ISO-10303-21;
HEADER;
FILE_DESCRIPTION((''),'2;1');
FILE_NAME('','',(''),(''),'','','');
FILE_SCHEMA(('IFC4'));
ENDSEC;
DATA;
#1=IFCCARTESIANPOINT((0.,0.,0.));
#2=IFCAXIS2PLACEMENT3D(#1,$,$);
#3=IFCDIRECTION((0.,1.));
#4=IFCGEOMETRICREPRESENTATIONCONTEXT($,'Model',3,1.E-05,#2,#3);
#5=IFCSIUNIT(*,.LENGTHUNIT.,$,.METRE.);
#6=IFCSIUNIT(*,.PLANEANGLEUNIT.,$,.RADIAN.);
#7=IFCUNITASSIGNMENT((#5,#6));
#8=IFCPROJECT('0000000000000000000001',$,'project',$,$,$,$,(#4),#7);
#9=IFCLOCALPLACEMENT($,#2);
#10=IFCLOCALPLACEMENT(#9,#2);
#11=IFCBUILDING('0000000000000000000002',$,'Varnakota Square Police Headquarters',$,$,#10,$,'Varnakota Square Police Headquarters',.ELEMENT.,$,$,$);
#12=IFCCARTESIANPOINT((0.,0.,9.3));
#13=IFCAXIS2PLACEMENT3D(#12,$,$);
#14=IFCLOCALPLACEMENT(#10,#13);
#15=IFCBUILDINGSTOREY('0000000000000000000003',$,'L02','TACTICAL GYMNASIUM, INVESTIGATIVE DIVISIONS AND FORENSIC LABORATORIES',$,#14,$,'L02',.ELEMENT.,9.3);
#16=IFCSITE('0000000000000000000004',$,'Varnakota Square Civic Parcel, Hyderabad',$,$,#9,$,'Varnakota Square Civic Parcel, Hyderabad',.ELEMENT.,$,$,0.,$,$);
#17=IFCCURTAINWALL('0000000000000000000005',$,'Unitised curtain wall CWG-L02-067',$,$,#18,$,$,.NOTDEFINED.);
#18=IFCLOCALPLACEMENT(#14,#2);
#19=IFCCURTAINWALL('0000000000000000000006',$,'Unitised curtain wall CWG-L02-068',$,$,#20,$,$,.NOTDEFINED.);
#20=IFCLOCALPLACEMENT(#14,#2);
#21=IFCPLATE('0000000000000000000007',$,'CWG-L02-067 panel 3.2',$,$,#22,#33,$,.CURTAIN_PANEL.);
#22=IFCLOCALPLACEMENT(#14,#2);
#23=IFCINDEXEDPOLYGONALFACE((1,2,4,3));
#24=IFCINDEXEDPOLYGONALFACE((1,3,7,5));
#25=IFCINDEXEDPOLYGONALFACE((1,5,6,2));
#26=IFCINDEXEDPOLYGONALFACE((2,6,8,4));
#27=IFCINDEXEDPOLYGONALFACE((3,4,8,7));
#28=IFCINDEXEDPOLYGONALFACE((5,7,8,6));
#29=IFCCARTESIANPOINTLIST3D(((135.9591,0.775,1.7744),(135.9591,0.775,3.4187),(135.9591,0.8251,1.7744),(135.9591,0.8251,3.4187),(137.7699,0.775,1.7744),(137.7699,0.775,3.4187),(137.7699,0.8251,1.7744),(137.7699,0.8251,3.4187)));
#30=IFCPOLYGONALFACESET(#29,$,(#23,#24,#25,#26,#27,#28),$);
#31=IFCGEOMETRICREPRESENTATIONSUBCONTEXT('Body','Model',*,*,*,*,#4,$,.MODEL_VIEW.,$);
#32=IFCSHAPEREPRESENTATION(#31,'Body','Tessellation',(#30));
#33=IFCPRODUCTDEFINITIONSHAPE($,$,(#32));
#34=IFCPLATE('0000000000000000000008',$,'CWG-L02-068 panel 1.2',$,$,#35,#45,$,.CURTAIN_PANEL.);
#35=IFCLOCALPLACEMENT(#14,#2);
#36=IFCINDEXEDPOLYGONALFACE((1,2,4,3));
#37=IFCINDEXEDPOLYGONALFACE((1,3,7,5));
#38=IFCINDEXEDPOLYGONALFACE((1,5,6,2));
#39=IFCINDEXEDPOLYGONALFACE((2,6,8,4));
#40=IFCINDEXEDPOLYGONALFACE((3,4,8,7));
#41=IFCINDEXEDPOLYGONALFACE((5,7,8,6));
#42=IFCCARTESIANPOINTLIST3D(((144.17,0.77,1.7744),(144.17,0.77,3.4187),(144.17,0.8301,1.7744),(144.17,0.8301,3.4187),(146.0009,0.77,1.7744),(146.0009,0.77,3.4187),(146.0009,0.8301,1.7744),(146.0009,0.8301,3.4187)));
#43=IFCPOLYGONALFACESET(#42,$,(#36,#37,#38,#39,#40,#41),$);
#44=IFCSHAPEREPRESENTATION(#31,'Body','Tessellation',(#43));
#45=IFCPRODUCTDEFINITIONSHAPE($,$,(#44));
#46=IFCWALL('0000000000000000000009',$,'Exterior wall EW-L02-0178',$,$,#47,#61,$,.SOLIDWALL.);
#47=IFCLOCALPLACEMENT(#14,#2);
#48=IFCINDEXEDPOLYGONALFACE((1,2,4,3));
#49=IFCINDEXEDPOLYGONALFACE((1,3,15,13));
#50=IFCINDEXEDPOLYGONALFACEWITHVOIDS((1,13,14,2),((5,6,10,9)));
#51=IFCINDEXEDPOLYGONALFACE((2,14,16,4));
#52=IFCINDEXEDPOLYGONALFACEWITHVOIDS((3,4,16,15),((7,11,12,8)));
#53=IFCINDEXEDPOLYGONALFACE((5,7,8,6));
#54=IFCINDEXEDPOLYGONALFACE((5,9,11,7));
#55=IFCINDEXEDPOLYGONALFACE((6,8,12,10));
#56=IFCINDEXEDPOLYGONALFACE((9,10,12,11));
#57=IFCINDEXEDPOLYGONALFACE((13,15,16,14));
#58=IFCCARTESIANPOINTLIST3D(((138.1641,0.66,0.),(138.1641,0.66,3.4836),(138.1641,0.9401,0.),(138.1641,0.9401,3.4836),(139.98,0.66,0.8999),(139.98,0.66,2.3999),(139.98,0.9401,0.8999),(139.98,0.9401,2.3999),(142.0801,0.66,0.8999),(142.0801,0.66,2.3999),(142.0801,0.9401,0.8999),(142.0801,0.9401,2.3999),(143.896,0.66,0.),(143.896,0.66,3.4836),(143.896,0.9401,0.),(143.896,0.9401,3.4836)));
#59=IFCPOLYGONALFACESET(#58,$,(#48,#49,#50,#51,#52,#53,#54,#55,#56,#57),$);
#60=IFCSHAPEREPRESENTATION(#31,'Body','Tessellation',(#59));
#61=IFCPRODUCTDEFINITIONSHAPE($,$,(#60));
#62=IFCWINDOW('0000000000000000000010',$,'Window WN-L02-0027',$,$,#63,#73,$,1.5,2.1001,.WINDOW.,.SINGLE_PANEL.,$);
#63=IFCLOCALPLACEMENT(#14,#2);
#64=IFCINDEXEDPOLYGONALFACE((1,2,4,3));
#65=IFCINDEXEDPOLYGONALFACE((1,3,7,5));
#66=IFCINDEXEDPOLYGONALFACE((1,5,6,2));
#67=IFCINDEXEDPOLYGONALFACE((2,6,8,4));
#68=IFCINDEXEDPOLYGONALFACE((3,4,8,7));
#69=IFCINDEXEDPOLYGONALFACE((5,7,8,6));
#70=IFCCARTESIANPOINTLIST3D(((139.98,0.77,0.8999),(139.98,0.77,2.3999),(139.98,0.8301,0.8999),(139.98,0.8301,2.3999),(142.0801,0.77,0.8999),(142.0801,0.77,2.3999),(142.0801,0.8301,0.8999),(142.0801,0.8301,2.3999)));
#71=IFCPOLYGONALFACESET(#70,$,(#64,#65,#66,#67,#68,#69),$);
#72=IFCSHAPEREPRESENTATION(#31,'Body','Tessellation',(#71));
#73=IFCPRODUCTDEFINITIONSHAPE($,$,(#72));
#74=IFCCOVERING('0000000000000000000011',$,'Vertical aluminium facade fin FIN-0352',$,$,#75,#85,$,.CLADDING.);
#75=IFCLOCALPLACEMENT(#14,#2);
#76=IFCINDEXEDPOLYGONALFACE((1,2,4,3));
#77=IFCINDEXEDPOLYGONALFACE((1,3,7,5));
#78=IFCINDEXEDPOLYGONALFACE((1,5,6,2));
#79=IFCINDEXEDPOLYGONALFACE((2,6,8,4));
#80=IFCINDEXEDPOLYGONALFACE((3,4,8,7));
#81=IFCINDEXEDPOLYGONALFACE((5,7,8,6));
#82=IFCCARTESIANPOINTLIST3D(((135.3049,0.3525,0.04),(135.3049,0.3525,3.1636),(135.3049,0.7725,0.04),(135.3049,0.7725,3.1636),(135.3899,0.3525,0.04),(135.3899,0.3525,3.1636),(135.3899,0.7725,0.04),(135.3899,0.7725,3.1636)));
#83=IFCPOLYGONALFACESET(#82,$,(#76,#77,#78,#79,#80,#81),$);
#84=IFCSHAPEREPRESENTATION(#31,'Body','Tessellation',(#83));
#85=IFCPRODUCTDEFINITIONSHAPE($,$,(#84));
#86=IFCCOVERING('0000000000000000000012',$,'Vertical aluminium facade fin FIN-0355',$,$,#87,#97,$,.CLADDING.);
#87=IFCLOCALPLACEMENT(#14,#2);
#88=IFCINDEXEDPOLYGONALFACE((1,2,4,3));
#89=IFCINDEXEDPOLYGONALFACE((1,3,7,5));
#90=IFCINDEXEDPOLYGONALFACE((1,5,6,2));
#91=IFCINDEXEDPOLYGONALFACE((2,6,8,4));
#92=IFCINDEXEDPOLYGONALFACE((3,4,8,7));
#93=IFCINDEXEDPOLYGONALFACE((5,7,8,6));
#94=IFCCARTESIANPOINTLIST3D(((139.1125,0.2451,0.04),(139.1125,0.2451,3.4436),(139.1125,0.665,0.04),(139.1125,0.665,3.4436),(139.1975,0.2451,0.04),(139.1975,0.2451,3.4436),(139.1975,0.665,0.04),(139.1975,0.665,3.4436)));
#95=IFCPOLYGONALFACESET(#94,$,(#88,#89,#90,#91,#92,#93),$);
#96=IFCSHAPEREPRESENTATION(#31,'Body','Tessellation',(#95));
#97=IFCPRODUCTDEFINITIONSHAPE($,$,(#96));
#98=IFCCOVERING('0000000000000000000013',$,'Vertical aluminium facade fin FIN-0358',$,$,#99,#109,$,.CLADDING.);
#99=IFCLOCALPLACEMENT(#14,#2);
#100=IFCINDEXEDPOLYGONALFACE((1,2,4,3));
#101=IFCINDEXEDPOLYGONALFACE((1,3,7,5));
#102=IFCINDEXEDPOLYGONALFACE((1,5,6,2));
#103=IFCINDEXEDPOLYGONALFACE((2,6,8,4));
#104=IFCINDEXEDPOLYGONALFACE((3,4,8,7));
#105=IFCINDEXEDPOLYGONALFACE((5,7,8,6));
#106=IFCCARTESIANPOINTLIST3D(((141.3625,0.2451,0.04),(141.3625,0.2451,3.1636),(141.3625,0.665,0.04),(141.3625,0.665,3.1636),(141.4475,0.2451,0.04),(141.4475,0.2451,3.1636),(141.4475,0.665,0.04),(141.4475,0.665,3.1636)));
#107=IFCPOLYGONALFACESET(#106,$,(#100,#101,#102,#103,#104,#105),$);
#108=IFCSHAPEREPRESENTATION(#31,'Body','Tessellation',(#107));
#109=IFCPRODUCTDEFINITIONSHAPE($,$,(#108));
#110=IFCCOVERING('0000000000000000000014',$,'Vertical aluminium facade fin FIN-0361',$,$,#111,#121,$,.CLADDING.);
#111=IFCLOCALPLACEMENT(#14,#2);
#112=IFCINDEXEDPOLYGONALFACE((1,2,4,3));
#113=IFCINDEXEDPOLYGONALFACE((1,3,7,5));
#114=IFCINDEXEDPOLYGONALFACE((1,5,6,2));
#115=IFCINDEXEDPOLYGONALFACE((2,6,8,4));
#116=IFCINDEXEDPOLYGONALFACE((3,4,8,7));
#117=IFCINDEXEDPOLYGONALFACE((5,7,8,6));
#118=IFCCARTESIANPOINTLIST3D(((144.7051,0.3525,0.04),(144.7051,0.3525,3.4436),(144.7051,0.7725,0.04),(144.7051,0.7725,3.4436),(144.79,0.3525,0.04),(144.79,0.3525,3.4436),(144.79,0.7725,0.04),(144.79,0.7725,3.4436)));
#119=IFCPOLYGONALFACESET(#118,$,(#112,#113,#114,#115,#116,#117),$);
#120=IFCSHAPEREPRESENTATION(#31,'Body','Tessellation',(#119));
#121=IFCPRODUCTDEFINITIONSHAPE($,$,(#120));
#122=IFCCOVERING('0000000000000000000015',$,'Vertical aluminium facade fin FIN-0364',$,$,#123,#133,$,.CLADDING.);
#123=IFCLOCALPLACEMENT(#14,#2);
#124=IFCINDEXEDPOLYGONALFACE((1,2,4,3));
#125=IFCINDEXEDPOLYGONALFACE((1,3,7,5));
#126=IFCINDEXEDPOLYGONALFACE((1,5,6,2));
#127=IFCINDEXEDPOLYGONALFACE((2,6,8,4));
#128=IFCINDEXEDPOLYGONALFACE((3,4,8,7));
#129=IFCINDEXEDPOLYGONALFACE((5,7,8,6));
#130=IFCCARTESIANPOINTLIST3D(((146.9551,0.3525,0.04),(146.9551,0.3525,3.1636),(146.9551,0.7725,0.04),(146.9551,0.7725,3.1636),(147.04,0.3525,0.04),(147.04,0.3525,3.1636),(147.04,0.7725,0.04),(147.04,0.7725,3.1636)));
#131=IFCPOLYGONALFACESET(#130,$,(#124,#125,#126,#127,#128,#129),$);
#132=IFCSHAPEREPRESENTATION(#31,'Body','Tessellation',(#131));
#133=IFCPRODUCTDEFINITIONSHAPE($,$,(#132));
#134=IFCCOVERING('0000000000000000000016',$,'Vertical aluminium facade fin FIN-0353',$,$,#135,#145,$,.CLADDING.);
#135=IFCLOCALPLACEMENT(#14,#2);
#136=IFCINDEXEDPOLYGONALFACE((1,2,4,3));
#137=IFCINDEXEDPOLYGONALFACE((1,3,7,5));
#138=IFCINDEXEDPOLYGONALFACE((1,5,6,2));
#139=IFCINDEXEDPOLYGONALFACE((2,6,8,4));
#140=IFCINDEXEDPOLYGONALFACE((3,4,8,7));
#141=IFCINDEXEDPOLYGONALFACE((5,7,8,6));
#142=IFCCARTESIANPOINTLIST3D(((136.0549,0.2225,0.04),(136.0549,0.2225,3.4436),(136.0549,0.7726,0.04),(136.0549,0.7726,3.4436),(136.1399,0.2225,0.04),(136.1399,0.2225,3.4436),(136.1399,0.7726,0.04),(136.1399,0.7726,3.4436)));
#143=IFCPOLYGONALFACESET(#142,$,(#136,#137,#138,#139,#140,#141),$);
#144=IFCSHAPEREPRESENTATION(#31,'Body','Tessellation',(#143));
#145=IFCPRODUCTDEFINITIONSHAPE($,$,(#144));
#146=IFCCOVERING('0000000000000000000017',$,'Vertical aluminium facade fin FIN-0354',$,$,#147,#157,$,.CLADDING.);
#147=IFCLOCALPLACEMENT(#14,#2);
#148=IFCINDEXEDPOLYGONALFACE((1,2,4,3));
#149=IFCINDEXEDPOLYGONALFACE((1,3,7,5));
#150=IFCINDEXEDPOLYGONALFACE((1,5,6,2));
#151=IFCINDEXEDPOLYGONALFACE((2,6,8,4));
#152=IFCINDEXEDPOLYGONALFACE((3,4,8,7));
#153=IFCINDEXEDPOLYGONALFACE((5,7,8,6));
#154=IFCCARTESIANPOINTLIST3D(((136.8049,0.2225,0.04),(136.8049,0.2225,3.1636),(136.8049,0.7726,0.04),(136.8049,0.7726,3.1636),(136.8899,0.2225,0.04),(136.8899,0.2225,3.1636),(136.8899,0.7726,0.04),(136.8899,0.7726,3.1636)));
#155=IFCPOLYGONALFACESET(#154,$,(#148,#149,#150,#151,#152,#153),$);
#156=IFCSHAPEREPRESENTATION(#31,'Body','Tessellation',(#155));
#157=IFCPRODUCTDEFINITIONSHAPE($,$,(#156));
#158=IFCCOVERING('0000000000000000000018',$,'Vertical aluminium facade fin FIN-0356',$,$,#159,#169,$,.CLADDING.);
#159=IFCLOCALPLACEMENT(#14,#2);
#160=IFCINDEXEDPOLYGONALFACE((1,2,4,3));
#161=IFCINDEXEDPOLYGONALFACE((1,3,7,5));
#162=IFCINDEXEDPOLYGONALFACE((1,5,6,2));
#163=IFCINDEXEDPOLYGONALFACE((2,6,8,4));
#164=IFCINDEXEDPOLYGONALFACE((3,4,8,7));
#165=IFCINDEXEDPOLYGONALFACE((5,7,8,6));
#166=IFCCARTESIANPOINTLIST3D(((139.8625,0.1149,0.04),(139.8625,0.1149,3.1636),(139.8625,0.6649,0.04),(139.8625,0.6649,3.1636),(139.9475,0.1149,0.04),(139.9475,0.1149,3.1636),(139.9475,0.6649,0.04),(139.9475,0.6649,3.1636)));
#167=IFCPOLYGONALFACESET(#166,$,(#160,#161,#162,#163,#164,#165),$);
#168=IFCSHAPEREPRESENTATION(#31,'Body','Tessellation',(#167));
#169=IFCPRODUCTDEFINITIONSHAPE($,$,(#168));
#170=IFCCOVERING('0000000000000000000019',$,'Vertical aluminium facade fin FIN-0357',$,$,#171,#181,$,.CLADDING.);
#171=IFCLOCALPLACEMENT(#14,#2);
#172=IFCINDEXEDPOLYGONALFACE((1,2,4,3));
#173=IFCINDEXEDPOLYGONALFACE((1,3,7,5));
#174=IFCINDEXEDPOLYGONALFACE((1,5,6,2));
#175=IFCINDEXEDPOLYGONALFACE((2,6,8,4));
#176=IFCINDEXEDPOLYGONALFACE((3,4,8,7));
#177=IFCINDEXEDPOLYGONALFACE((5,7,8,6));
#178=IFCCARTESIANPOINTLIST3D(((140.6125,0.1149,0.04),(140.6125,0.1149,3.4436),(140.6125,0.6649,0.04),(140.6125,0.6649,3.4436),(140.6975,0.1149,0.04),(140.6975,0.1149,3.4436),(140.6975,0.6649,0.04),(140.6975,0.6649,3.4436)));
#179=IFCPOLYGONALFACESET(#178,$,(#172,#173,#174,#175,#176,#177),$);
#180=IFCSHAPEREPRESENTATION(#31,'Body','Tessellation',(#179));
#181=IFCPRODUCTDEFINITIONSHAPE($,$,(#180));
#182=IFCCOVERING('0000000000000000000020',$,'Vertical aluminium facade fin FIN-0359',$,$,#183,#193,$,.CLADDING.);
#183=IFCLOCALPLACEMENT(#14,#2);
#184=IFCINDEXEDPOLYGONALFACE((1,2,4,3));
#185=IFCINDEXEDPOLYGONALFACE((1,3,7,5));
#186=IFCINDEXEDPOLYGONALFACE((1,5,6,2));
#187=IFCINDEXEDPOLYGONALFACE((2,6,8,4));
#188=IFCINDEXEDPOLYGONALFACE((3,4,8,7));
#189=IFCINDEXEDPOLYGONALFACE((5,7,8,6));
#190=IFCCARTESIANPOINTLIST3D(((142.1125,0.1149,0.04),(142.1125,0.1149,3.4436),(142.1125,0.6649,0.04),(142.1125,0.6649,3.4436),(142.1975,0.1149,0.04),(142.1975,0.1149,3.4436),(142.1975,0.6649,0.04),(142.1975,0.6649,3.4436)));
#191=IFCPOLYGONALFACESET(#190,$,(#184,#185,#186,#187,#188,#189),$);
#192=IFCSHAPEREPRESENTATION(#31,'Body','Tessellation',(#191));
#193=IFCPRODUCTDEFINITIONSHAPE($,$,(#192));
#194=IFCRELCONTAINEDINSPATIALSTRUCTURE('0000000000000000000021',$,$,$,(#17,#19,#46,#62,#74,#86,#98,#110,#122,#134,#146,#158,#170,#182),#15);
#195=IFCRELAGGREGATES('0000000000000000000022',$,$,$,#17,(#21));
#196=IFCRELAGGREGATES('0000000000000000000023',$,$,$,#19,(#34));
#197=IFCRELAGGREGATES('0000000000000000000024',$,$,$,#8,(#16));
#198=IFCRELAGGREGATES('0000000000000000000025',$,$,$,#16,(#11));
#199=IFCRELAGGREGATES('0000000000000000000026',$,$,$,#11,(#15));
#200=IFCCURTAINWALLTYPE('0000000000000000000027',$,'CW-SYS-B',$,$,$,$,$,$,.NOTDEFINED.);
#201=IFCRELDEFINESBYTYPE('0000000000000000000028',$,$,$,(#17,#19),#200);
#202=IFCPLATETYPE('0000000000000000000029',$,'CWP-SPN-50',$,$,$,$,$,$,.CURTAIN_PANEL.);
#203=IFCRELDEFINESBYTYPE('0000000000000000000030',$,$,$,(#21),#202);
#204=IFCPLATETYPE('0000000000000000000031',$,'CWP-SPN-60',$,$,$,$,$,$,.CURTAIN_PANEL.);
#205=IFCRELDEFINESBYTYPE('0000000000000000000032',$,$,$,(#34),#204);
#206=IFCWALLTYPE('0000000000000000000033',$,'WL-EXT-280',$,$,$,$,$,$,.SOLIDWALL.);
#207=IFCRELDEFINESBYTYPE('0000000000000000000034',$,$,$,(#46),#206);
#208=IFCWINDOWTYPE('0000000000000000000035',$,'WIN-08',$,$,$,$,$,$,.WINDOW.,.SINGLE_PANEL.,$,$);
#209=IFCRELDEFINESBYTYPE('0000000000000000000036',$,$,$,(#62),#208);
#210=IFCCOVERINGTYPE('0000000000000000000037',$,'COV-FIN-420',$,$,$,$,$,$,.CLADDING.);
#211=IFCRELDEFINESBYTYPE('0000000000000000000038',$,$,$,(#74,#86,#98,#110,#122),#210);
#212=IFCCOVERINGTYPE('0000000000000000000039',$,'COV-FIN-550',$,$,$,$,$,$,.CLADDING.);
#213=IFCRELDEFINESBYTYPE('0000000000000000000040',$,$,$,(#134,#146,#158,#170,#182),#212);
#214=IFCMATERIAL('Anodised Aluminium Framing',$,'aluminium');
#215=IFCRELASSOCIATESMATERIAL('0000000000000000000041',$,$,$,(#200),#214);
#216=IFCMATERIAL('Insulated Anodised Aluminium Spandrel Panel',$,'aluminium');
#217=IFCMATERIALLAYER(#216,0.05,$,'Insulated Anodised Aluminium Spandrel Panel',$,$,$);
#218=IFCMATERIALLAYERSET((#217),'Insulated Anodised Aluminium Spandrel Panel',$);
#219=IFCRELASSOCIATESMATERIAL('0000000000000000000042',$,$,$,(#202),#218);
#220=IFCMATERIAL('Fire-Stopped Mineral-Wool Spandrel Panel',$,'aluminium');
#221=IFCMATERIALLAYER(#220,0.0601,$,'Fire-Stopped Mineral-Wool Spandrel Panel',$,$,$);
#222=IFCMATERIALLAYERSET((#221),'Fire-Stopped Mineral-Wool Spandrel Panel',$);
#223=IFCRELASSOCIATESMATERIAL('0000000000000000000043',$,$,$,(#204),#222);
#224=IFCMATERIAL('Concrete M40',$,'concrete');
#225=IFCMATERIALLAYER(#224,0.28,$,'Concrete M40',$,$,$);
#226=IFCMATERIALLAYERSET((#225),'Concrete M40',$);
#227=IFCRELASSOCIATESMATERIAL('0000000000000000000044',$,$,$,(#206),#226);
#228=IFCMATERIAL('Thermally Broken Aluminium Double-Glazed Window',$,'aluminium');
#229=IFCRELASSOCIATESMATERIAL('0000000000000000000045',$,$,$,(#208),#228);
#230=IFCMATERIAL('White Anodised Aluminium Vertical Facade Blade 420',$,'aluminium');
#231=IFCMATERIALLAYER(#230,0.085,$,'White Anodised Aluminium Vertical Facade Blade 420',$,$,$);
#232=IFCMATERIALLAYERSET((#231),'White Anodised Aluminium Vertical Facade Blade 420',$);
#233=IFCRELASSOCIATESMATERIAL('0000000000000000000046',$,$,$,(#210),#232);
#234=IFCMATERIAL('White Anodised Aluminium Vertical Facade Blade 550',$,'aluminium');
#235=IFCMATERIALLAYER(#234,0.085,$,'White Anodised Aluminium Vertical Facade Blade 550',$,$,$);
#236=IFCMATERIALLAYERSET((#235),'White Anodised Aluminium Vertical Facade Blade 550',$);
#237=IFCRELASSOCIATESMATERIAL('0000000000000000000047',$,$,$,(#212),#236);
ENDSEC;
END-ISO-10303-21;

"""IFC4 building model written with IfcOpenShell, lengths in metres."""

from ifc_helpers import new_model, si_unit, direction, frame, frame_2d, origin, origin_2d, place, context, subcontext, project, spatial, rectangle, extrude, material, layer, layer_set, type_object, element, fill, aggregate, save


model = new_model("IFC4")

# Units and contexts
model_context = context("Model", 3, precision=1e-05, world=origin(), true_north=direction((0.0, 1.0)))
body_context = subcontext(model_context, "Body", "Model", "MODEL_VIEW")
ifc_project = project(units=[si_unit("LENGTHUNIT", "METRE"), si_unit("PLANEANGLEUNIT", "RADIAN")], contexts=[model_context])

# Site, building, storey
site_placement = place(None, origin())
site = spatial("IfcSite", under=ifc_project, at=site_placement, Name="Varnakota Square Civic Parcel, Hyderabad", LongName="Varnakota Square Civic Parcel, Hyderabad", CompositionType="ELEMENT", RefElevation=0.0)
building_placement = place(site_placement, origin())
building = spatial("IfcBuilding", under=site, at=building_placement, Name="Varnakota Square Police Headquarters", LongName="Varnakota Square Police Headquarters", CompositionType="ELEMENT")
storey_placement = place(building_placement, frame((0.0, 0.0, 9.3)))
storey = spatial("IfcBuildingStorey", under=building, at=storey_placement, Name="L02", Description="TACTICAL GYMNASIUM, INVESTIGATIVE DIVISIONS AND FORENSIC LABORATORIES", LongName="L02", CompositionType="ELEMENT", Elevation=9.3)

# Curtain walls
ifc_material_1 = material(Name="Anodised Aluminium Framing", Category="aluminium")
curtain_wall_type = type_object("IfcCurtainWallType", Name="CW-SYS-B", PredefinedType="NOTDEFINED", material=ifc_material_1)
curtain_wall_1_placement = place(storey_placement, origin())
curtain_wall_1 = element("IfcCurtainWall", 1, at=curtain_wall_1_placement, inside=storey, type_object=curtain_wall_type, Name="Unitised curtain wall CWG-L02-067", PredefinedType="NOTDEFINED")
curtain_wall_2_placement = place(storey_placement, origin())
curtain_wall_2 = element("IfcCurtainWall", 2, at=curtain_wall_2_placement, inside=storey, type_object=curtain_wall_type, Name="Unitised curtain wall CWG-L02-068", PredefinedType="NOTDEFINED")

# Plates
ifc_material_2 = material(Name="Insulated Anodised Aluminium Spandrel Panel", Category="aluminium")
ifc_layer_1 = layer(ifc_material_2, 0.05, Name="Insulated Anodised Aluminium Spandrel Panel")
ifc_layer_set_1 = layer_set([ifc_layer_1], Name="Insulated Anodised Aluminium Spandrel Panel")
plate_type_1 = type_object("IfcPlateType", Name="CWP-SPN-50", PredefinedType="CURTAIN_PANEL", material=ifc_layer_set_1)
plate_1_placement = place(storey_placement, frame((136.8645, 0.8, 1.7744), z_axis=(0.0, 0.0, 1.0), x_axis=(1.0, 0.0, 0.0)))
plate_1 = element("IfcPlate", 3, at=plate_1_placement, type_object=plate_type_1, Name="CWG-L02-067 panel 3.2", PredefinedType="CURTAIN_PANEL", context=body_context, shape_type="SweptSolid", body=[
    extrude(rectangle(XDim=1.8108, YDim=0.05, at=origin_2d()), origin(), (0.0, 0.0, 1.0), 1.6443),
])
aggregate(curtain_wall_1, [plate_1])
ifc_material_3 = material(Name="Fire-Stopped Mineral-Wool Spandrel Panel", Category="aluminium")
ifc_layer_2 = layer(ifc_material_3, 0.0601, Name="Fire-Stopped Mineral-Wool Spandrel Panel")
ifc_layer_set_2 = layer_set([ifc_layer_2], Name="Fire-Stopped Mineral-Wool Spandrel Panel")
plate_type_2 = type_object("IfcPlateType", Name="CWP-SPN-60", PredefinedType="CURTAIN_PANEL", material=ifc_layer_set_2)
plate_2_placement = place(storey_placement, frame((145.0854, 0.8, 1.7744), z_axis=(0.0, 0.0, 1.0), x_axis=(1.0, 0.0, 0.0)))
plate_2 = element("IfcPlate", 4, at=plate_2_placement, type_object=plate_type_2, Name="CWG-L02-068 panel 1.2", PredefinedType="CURTAIN_PANEL", context=body_context, shape_type="SweptSolid", body=[
    extrude(rectangle(XDim=1.8308, YDim=0.0601, at=origin_2d()), origin(), (0.0, 0.0, 1.0), 1.6443),
])
aggregate(curtain_wall_2, [plate_2])

# Wall, opening, window
ifc_material_4 = material(Name="Concrete M40", Category="concrete")
ifc_layer_3 = layer(ifc_material_4, 0.28, Name="Concrete M40")
ifc_layer_set_3 = layer_set([ifc_layer_3], Name="Concrete M40")
wall_type = type_object("IfcWallType", Name="WL-EXT-280", PredefinedType="SOLIDWALL", material=ifc_layer_set_3)
wall_placement = place(storey_placement, frame((138.1641, 0.8, 0.0), z_axis=(0.0, 0.0, 1.0), x_axis=(1.0, 0.0, 0.0)))
wall = element("IfcWall", 5, at=wall_placement, inside=storey, type_object=wall_type, Name="Exterior wall EW-L02-0178", PredefinedType="SOLIDWALL", context=body_context, shape_type="SweptSolid", body=[
    extrude(rectangle(XDim=5.7319, YDim=0.28, at=frame_2d((2.866, 0.0))), origin(), (0.0, 0.0, 1.0), 3.4836),
])
opening_placement = place(wall_placement, frame((1.8159, 0.0, 0.8999)))
opening = element("IfcOpeningElement", 6, at=opening_placement, cuts=wall, PredefinedType="OPENING", context=body_context, shape_type="SweptSolid", body=[
    extrude(rectangle(XDim=2.1001, YDim=1.5, at=frame_2d((1.05, 0.75))), frame((0.0, 0.1499, 0.0), z_axis=(0.0, -1.0, 0.0), x_axis=(1.0, 0.0, 0.0)), (0.0, 0.0, 1.0), 0.3),
])
ifc_material_5 = material(Name="Thermally Broken Aluminium Double-Glazed Window", Category="aluminium")
window_type = type_object("IfcWindowType", Name="WIN-08", PartitioningType="SINGLE_PANEL", PredefinedType="WINDOW", material=ifc_material_5)
window_placement = place(opening_placement, origin())
window = element("IfcWindow", 7, at=window_placement, inside=storey, type_object=window_type, Name="Window WN-L02-0027", OverallHeight=1.5, OverallWidth=2.1001, PartitioningType="SINGLE_PANEL", PredefinedType="WINDOW", context=body_context, shape_type="SweptSolid", body=[
    extrude(rectangle(XDim=2.1001, YDim=1.5, at=frame_2d((1.05, 0.75))), frame((0.0, 0.03, 0.0), z_axis=(0.0, -1.0, 0.0), x_axis=(1.0, 0.0, 0.0)), (0.0, 0.0, 1.0), 0.0601),
])
fill(opening, window)

# Coverings
ifc_material_6 = material(Name="White Anodised Aluminium Vertical Facade Blade 420", Category="aluminium")
ifc_layer_4 = layer(ifc_material_6, 0.085, Name="White Anodised Aluminium Vertical Facade Blade 420")
ifc_layer_set_4 = layer_set([ifc_layer_4], Name="White Anodised Aluminium Vertical Facade Blade 420")
covering_type_1 = type_object("IfcCoveringType", Name="COV-FIN-420", PredefinedType="CLADDING", material=ifc_layer_set_4)
covering_1_placement = place(storey_placement, frame((135.3474, 0.5625, 0.04), z_axis=(0.0, 0.0, 1.0), x_axis=(1.0, 0.0, 0.0)))
element("IfcCovering", 8, at=covering_1_placement, inside=storey, type_object=covering_type_1, Name="Vertical aluminium facade fin FIN-0352", PredefinedType="CLADDING", context=body_context, shape_type="SweptSolid", body=[
    extrude(rectangle(XDim=0.085, YDim=0.4199, at=origin_2d()), origin(), (0.0, 0.0, 1.0), 3.1235),
])
covering_2_placement = place(storey_placement, frame((139.155, 0.4551, 0.04), z_axis=(0.0, 0.0, 1.0), x_axis=(1.0, 0.0, 0.0)))
element("IfcCovering", 9, at=covering_2_placement, inside=storey, type_object=covering_type_1, Name="Vertical aluminium facade fin FIN-0355", PredefinedType="CLADDING", context=body_context, shape_type="SweptSolid", body=[
    extrude(rectangle(XDim=0.085, YDim=0.4199, at=origin_2d()), origin(), (0.0, 0.0, 1.0), 3.4036),
])
covering_3_placement = place(storey_placement, frame((141.405, 0.4551, 0.04), z_axis=(0.0, 0.0, 1.0), x_axis=(1.0, 0.0, 0.0)))
element("IfcCovering", 10, at=covering_3_placement, inside=storey, type_object=covering_type_1, Name="Vertical aluminium facade fin FIN-0358", PredefinedType="CLADDING", context=body_context, shape_type="SweptSolid", body=[
    extrude(rectangle(XDim=0.085, YDim=0.4199, at=origin_2d()), origin(), (0.0, 0.0, 1.0), 3.1235),
])
covering_4_placement = place(storey_placement, frame((144.7476, 0.5625, 0.04), z_axis=(0.0, 0.0, 1.0), x_axis=(1.0, 0.0, 0.0)))
element("IfcCovering", 11, at=covering_4_placement, inside=storey, type_object=covering_type_1, Name="Vertical aluminium facade fin FIN-0361", PredefinedType="CLADDING", context=body_context, shape_type="SweptSolid", body=[
    extrude(rectangle(XDim=0.085, YDim=0.4199, at=origin_2d()), origin(), (0.0, 0.0, 1.0), 3.4036),
])
covering_5_placement = place(storey_placement, frame((146.9976, 0.5625, 0.04), z_axis=(0.0, 0.0, 1.0), x_axis=(1.0, 0.0, 0.0)))
element("IfcCovering", 12, at=covering_5_placement, inside=storey, type_object=covering_type_1, Name="Vertical aluminium facade fin FIN-0364", PredefinedType="CLADDING", context=body_context, shape_type="SweptSolid", body=[
    extrude(rectangle(XDim=0.085, YDim=0.4199, at=origin_2d()), origin(), (0.0, 0.0, 1.0), 3.1235),
])
ifc_material_7 = material(Name="White Anodised Aluminium Vertical Facade Blade 550", Category="aluminium")
ifc_layer_5 = layer(ifc_material_7, 0.085, Name="White Anodised Aluminium Vertical Facade Blade 550")
ifc_layer_set_5 = layer_set([ifc_layer_5], Name="White Anodised Aluminium Vertical Facade Blade 550")
covering_type_2 = type_object("IfcCoveringType", Name="COV-FIN-550", PredefinedType="CLADDING", material=ifc_layer_set_5)
covering_6_placement = place(storey_placement, frame((136.0974, 0.4976, 0.04), z_axis=(0.0, 0.0, 1.0), x_axis=(1.0, 0.0, 0.0)))
element("IfcCovering", 13, at=covering_6_placement, inside=storey, type_object=covering_type_2, Name="Vertical aluminium facade fin FIN-0353", PredefinedType="CLADDING", context=body_context, shape_type="SweptSolid", body=[
    extrude(rectangle(XDim=0.085, YDim=0.55, at=origin_2d()), origin(), (0.0, 0.0, 1.0), 3.4036),
])
for number, where, z_axis, x_axis, name in (
    (14, (136.8474, 0.4976, 0.04), (0.0, 0.0, 1.0), (1.0, 0.0, 0.0), "Vertical aluminium facade fin FIN-0354"),
    (15, (139.905, 0.3899, 0.04), (0.0, 0.0, 1.0), (1.0, 0.0, 0.0), "Vertical aluminium facade fin FIN-0356"),
):
    element("IfcCovering", number, at=place(storey_placement, frame(where, z_axis=z_axis, x_axis=x_axis)), inside=storey, type_object=covering_type_2, Name=name, PredefinedType="CLADDING", context=body_context, shape_type="SweptSolid", body=[
        extrude(rectangle(XDim=0.085, YDim=0.55, at=origin_2d()), origin(), (0.0, 0.0, 1.0), 3.1235),
    ])
for number, where, z_axis, x_axis, name in (
    (16, (140.655, 0.3899, 0.04), (0.0, 0.0, 1.0), (1.0, 0.0, 0.0), "Vertical aluminium facade fin FIN-0357"),
    (17, (142.155, 0.3899, 0.04), (0.0, 0.0, 1.0), (1.0, 0.0, 0.0), "Vertical aluminium facade fin FIN-0359"),
):
    element("IfcCovering", number, at=place(storey_placement, frame(where, z_axis=z_axis, x_axis=x_axis)), inside=storey, type_object=covering_type_2, Name=name, PredefinedType="CLADDING", context=body_context, shape_type="SweptSolid", body=[
        extrude(rectangle(XDim=0.085, YDim=0.55, at=origin_2d()), origin(), (0.0, 0.0, 1.0), 3.4036),
    ])

save(model, "model.ifc")
